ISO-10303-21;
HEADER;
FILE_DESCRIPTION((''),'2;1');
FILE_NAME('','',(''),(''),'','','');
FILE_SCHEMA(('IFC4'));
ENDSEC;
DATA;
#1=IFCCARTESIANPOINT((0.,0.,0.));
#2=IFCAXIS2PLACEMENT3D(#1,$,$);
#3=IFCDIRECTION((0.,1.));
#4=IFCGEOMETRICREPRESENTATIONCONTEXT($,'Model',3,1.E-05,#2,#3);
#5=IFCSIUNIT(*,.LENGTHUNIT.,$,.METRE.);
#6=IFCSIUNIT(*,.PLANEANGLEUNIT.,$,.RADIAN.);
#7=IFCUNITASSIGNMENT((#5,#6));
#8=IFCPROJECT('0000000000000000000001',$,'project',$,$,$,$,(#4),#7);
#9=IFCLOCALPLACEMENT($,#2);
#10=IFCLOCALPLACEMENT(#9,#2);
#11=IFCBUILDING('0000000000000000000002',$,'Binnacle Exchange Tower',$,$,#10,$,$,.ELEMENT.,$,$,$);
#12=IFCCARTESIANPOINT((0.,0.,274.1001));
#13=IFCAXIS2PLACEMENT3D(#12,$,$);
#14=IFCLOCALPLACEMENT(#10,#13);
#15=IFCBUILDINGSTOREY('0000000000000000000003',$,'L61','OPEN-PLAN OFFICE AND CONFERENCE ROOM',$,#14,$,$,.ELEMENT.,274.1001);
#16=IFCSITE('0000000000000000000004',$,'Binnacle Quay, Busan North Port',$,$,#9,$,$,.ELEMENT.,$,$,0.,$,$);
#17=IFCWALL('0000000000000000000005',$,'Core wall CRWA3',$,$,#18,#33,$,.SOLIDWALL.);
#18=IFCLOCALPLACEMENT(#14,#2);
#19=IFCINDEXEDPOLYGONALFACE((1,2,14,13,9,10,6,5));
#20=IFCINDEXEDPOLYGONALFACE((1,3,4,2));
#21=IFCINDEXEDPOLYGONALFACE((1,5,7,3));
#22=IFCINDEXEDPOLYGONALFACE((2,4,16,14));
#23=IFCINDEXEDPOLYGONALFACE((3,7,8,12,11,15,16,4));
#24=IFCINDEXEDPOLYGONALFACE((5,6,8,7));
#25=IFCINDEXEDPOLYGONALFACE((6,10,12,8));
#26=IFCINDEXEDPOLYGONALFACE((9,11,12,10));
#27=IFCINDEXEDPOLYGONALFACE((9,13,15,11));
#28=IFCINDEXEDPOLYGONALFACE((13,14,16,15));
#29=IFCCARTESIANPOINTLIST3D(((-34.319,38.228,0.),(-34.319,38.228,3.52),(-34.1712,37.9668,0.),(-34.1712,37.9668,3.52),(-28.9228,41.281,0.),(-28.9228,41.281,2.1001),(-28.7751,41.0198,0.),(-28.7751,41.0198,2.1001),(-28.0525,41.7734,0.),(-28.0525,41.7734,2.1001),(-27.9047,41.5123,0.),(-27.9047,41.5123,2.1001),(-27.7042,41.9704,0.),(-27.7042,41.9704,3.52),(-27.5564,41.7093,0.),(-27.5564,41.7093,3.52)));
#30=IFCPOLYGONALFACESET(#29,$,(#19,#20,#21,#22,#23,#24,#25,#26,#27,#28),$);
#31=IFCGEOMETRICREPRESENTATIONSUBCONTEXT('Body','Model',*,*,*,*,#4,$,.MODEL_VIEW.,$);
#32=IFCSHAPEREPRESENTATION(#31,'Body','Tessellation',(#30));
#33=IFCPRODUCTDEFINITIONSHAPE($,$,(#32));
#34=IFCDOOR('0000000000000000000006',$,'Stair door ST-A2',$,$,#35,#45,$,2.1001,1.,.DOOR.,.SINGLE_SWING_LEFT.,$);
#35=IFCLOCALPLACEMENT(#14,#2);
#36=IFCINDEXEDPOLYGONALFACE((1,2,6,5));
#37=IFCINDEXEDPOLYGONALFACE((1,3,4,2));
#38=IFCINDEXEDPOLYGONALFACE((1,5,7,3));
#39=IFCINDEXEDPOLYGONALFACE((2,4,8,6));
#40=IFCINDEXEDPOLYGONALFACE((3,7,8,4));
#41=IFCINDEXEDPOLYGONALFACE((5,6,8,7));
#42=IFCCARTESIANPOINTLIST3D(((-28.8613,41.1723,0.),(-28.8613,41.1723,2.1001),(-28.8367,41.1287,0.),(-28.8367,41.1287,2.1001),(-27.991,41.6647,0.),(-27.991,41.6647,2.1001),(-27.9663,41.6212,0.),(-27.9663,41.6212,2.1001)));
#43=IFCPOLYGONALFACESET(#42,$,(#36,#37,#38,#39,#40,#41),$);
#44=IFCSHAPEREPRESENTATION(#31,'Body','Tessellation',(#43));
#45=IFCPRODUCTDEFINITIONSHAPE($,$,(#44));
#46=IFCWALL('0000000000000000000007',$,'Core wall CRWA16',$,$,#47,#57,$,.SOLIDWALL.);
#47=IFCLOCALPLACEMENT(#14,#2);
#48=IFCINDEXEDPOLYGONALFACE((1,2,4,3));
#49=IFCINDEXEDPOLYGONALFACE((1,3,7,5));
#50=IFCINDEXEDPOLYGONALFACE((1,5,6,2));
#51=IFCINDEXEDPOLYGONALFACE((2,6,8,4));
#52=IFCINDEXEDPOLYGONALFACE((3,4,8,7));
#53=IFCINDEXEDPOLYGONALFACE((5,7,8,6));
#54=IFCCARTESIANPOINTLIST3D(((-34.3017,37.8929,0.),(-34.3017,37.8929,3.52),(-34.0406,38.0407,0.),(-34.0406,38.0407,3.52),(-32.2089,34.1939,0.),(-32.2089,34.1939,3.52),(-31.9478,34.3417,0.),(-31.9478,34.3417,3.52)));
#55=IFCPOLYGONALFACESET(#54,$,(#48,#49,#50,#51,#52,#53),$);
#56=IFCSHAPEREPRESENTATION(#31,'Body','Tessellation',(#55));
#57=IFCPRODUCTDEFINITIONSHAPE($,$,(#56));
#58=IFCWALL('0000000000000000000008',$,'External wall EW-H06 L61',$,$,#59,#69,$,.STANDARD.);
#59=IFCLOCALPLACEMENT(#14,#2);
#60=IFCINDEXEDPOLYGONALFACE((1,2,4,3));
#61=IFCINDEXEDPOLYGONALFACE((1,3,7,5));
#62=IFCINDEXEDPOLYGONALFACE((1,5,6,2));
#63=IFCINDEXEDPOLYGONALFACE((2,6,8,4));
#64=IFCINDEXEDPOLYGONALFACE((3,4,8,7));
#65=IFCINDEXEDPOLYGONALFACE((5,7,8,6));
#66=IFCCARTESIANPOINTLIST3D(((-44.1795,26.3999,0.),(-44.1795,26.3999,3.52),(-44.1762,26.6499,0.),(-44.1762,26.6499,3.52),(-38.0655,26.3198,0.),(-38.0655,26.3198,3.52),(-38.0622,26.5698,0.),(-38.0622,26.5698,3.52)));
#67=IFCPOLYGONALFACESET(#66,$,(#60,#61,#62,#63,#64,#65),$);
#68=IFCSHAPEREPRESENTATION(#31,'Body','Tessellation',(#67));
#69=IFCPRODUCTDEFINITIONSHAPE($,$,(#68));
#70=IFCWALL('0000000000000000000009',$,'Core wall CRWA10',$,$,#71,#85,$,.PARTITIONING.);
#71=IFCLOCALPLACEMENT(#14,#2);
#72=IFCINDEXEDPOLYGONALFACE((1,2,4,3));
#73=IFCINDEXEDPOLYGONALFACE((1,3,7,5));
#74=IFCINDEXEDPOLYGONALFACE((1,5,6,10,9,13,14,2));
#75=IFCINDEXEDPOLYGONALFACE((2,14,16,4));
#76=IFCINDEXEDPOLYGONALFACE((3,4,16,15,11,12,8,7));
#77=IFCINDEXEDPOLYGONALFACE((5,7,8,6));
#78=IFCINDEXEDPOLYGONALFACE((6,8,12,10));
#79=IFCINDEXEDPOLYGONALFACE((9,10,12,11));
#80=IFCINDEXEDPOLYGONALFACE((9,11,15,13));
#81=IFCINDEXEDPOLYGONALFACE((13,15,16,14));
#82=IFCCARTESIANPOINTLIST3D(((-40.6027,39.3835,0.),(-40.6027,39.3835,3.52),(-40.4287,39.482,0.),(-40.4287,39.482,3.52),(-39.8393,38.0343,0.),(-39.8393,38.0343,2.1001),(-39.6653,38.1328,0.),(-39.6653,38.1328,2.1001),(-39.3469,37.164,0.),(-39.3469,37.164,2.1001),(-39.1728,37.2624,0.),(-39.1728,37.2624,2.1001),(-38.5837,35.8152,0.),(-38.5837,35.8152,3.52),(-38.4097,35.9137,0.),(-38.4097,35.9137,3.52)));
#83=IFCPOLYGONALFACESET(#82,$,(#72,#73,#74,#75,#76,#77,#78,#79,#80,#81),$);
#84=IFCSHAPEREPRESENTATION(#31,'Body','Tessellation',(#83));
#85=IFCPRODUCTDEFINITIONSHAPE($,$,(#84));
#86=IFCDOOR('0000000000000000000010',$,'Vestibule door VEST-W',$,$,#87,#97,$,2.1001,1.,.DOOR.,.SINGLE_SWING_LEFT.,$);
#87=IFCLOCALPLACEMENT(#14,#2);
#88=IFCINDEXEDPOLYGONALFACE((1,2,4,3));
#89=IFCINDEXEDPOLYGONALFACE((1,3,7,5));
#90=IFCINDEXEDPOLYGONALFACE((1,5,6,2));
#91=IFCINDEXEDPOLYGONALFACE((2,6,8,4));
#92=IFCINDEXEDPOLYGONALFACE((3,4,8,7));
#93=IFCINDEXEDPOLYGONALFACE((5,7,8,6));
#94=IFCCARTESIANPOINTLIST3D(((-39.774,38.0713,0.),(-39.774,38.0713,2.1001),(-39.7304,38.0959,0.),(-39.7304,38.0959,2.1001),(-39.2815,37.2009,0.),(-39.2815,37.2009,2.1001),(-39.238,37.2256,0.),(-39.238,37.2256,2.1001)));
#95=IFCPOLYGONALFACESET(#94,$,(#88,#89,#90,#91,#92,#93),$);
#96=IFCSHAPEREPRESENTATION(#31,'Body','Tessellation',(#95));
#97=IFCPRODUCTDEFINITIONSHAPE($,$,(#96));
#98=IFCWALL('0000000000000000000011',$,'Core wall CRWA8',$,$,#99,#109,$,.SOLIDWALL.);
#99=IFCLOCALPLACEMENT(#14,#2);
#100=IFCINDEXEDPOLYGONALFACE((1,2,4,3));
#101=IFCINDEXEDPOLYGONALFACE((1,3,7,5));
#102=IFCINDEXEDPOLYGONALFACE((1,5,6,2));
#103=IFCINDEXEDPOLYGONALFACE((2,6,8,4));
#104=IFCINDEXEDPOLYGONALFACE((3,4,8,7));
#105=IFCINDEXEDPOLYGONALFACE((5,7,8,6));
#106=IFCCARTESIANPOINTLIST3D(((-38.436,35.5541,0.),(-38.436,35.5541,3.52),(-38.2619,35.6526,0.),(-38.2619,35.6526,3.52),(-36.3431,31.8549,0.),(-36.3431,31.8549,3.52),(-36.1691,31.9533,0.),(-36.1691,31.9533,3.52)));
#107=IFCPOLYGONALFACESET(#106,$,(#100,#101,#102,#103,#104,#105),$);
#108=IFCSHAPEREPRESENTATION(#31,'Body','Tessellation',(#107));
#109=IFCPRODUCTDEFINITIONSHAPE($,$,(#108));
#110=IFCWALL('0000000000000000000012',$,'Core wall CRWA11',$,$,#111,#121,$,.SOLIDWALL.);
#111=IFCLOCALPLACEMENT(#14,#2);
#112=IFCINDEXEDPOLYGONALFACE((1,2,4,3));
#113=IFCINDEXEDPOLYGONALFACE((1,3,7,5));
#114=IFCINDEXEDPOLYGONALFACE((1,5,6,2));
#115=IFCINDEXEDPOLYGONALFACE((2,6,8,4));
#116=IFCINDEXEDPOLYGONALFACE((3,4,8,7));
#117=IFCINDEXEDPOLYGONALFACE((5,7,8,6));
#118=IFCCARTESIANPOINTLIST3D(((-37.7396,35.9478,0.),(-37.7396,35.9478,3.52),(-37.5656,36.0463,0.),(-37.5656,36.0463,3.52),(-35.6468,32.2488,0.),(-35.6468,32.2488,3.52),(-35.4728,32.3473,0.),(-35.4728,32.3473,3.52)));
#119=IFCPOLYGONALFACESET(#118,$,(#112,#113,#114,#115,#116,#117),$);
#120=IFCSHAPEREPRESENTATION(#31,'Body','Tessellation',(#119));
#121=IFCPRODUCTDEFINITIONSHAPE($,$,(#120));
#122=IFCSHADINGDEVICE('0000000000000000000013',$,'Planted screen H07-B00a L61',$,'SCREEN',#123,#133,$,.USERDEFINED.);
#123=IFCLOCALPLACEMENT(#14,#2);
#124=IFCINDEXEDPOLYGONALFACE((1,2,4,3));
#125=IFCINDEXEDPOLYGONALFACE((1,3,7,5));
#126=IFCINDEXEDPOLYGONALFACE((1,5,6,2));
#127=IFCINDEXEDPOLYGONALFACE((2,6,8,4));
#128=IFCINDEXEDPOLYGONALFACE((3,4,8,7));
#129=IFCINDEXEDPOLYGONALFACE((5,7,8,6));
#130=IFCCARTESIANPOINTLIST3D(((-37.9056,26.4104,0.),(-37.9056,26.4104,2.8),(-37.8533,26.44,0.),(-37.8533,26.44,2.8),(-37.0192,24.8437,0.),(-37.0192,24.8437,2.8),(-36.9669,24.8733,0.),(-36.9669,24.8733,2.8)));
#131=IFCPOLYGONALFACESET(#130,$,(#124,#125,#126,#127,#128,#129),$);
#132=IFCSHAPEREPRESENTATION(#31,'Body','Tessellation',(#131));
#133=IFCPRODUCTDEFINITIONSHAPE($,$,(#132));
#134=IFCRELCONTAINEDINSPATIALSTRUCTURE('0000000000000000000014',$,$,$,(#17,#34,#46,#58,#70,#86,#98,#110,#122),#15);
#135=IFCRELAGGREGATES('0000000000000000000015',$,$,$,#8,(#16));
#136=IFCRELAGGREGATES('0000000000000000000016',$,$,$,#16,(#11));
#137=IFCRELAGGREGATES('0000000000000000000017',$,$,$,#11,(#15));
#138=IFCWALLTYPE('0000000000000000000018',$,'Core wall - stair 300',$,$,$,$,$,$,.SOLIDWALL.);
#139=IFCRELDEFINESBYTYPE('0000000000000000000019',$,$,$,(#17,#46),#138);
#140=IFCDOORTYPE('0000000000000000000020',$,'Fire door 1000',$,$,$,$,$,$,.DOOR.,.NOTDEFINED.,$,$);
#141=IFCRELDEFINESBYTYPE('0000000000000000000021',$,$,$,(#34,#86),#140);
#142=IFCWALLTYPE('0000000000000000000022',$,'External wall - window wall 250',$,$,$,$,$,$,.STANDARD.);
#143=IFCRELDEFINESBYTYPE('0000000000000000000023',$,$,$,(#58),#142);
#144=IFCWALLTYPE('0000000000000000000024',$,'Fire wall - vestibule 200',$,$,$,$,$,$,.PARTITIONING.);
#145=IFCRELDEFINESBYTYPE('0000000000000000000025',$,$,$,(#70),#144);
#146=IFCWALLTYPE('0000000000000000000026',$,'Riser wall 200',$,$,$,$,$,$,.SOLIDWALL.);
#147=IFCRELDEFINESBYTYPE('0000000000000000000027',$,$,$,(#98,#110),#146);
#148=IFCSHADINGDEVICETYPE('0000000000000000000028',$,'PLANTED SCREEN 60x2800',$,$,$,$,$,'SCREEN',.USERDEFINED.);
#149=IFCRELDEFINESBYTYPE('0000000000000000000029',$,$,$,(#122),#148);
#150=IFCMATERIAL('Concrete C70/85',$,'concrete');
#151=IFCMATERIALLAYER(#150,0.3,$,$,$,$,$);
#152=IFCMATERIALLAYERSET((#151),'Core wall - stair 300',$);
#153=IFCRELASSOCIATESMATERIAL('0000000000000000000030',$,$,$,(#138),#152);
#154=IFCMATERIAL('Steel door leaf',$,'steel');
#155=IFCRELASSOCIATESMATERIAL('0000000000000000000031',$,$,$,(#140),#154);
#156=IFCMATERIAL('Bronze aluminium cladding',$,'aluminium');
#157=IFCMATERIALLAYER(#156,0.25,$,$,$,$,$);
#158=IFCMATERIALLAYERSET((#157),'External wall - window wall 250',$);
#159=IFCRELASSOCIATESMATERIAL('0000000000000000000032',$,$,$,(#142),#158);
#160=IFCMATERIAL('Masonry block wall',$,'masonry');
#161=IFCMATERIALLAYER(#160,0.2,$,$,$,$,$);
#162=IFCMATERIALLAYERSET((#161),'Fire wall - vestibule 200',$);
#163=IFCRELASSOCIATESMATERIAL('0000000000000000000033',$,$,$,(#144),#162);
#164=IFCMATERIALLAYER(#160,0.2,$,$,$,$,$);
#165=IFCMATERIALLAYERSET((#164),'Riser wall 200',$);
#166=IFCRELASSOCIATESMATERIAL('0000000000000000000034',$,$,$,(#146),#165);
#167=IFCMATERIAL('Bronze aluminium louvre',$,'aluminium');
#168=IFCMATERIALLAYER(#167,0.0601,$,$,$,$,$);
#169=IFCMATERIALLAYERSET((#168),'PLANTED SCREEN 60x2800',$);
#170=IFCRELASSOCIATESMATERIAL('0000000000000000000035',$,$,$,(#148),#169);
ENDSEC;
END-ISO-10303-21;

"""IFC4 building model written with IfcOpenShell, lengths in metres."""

from ifc_helpers import new_model, si_unit, direction, frame, frame_2d, origin, origin_2d, place, context, subcontext, project, spatial, rectangle, extrude, material, layer, layer_set, type_object, element, fill, save


model = new_model("IFC4")

# Units and contexts
model_context = context("Model", 3, precision=1e-05, world=origin(), true_north=direction((0.0, 1.0)))
body_context = subcontext(model_context, "Body", "Model", "MODEL_VIEW")
ifc_project = project(units=[si_unit("LENGTHUNIT", "METRE"), si_unit("PLANEANGLEUNIT", "RADIAN")], contexts=[model_context])

# Site, building, storey
site_placement = place(None, origin())
site = spatial("IfcSite", under=ifc_project, at=site_placement, Name="Binnacle Quay, Busan North Port", CompositionType="ELEMENT", RefElevation=0.0)
building_placement = place(site_placement, origin())
building = spatial("IfcBuilding", under=site, at=building_placement, Name="Binnacle Exchange Tower", CompositionType="ELEMENT")
storey_placement = place(building_placement, frame((0.0, 0.0, 274.1001)))
storey = spatial("IfcBuildingStorey", under=building, at=storey_placement, Name="L61", Description="OPEN-PLAN OFFICE AND CONFERENCE ROOM", CompositionType="ELEMENT", Elevation=274.1001)

# Shared definitions
ifc_material_1 = material(Name="Concrete C70/85", Category="concrete")
ifc_material_2 = material(Name="Steel door leaf", Category="steel")

# Wall, opening, door
ifc_layer_1 = layer(ifc_material_1, 0.3)
ifc_layer_set_1 = layer_set([ifc_layer_1], Name="Core wall - stair 300")
wall_type_1 = type_object("IfcWallType", Name="Core wall - stair 300", PredefinedType="SOLIDWALL", material=ifc_layer_set_1)
wall_1_placement = place(storey_placement, frame((-34.2451, 38.0974, 0.0), z_axis=(0.0, 0.0, 1.0), x_axis=(0.870356, 0.492422, 0.0)))
wall_1 = element("IfcWall", 1, at=wall_1_placement, inside=storey, type_object=wall_type_1, Name="Core wall CRWA3", PredefinedType="SOLIDWALL", context=body_context, shape_type="SweptSolid", body=[
    extrude(rectangle(XDim=7.6001, YDim=0.3, at=frame_2d((3.8, 0.0))), origin(), (0.0, 0.0, 1.0), 3.52),
])
opening_1_placement = place(wall_1_placement, frame((6.2, 0.0, 0.0)))
opening_1 = element("IfcOpeningElement", 2, at=opening_1_placement, cuts=wall_1, PredefinedType="OPENING", context=body_context, shape_type="SweptSolid", body=[
    extrude(rectangle(XDim=1.0, YDim=2.1001, at=frame_2d((0.5, 1.05))), frame((0.0, 0.1599, 0.0), z_axis=(0.0, -1.0, 0.0), x_axis=(1.0, 0.0, 0.0)), (0.0, 0.0, 1.0), 0.3201),
])
door_type_1 = type_object("IfcDoorType", Name="Fire door 1000", OperationType="NOTDEFINED", PredefinedType="DOOR", material=ifc_material_2)
door_1_placement = place(opening_1_placement, frame((1.0, 0.0, 0.0), z_axis=(0.0, 0.0, 1.0), x_axis=(-1.0, 0.0, 0.0)))
door_1 = element("IfcDoor", 3, at=door_1_placement, inside=storey, type_object=door_type_1, Name="Stair door ST-A2", OperationType="SINGLE_SWING_LEFT", OverallHeight=2.1001, OverallWidth=1.0, PredefinedType="DOOR", context=body_context, shape_type="SweptSolid", body=[
    extrude(rectangle(XDim=1.0, YDim=2.1001, at=frame_2d((0.5, 1.05))), frame((0.0, 0.0249, 0.0), z_axis=(0.0, -1.0, 0.0), x_axis=(1.0, 0.0, 0.0)), (0.0, 0.0, 1.0), 0.05),
])
fill(opening_1, door_1)

# Walls
wall_2_placement = place(storey_placement, frame((-34.1711, 37.9668, 0.0), z_axis=(0.0, 0.0, 1.0), x_axis=(0.492423, -0.870356, 0.0)))
element("IfcWall", 4, at=wall_2_placement, inside=storey, type_object=wall_type_1, Name="Core wall CRWA16", PredefinedType="SOLIDWALL", context=body_context, shape_type="SweptSolid", body=[
    extrude(rectangle(XDim=4.25, YDim=0.3, at=frame_2d((2.125, 0.0))), origin(), (0.0, 0.0, 1.0), 3.52),
])
ifc_material_3 = material(Name="Bronze aluminium cladding", Category="aluminium")
ifc_layer_2 = layer(ifc_material_3, 0.25)
ifc_layer_set_2 = layer_set([ifc_layer_2], Name="External wall - window wall 250")
wall_type_2 = type_object("IfcWallType", Name="External wall - window wall 250", PredefinedType="STANDARD", material=ifc_layer_set_2)
wall_3_placement = place(storey_placement, frame((-38.064, 26.4448, 0.0), z_axis=(0.0, 0.0, 1.0), x_axis=(-0.999914, 0.013096, 0.0)))
element("IfcWall", 5, at=wall_3_placement, inside=storey, type_object=wall_type_2, Name="External wall EW-H06 L61", PredefinedType="STANDARD", context=body_context, shape_type="SweptSolid", body=[
    extrude(rectangle(XDim=6.1145, YDim=0.25, at=frame_2d((3.0571, 0.0))), origin(), (0.0, 0.0, 1.0), 3.52),
])

# Wall, opening, door
ifc_material_4 = material(Name="Masonry block wall", Category="masonry")
ifc_layer_3 = layer(ifc_material_4, 0.2)
ifc_layer_set_3 = layer_set([ifc_layer_3], Name="Fire wall - vestibule 200")
wall_type_3 = type_object("IfcWallType", Name="Fire wall - vestibule 200", PredefinedType="PARTITIONING", material=ifc_layer_set_3)
wall_4_placement = place(storey_placement, frame((-40.5156, 39.4326, 0.0), z_axis=(0.0, 0.0, 1.0), x_axis=(0.492454, -0.870339, 0.0)))
wall_4 = element("IfcWall", 6, at=wall_4_placement, inside=storey, type_object=wall_type_3, Name="Core wall CRWA10", PredefinedType="PARTITIONING", context=body_context, shape_type="SweptSolid", body=[
    extrude(rectangle(XDim=4.0999, YDim=0.2, at=frame_2d((2.0498, 0.0))), origin(), (0.0, 0.0, 1.0), 3.52),
])
opening_2_placement = place(wall_4_placement, frame((1.55, 0.0, 0.0)))
opening_2 = element("IfcOpeningElement", 7, at=opening_2_placement, cuts=wall_4, PredefinedType="OPENING", context=body_context, shape_type="SweptSolid", body=[
    extrude(rectangle(XDim=1.0, YDim=2.1001, at=frame_2d((0.5, 1.05))), frame((0.0, 0.1099, 0.0), z_axis=(0.0, -1.0, 0.0), x_axis=(1.0, 0.0, 0.0)), (0.0, 0.0, 1.0), 0.22),
])
door_2_placement = place(opening_2_placement, frame((1.0, 0.0, 0.0), z_axis=(0.0, 0.0, 1.0), x_axis=(-1.0, 0.0, 0.0)))
door_2 = element("IfcDoor", 8, at=door_2_placement, inside=storey, type_object=door_type_1, Name="Vestibule door VEST-W", OperationType="SINGLE_SWING_LEFT", OverallHeight=2.1001, OverallWidth=1.0, PredefinedType="DOOR", context=body_context, shape_type="SweptSolid", body=[
    extrude(rectangle(XDim=1.0, YDim=2.1001, at=frame_2d((0.5, 1.05))), frame((0.0, 0.0249, 0.0), z_axis=(0.0, -1.0, 0.0), x_axis=(1.0, 0.0, 0.0)), (0.0, 0.0, 1.0), 0.05),
])
fill(opening_2, door_2)

# Walls
ifc_layer_4 = layer(ifc_material_4, 0.2)
ifc_layer_set_4 = layer_set([ifc_layer_4], Name="Riser wall 200")
wall_type_4 = type_object("IfcWallType", Name="Riser wall 200", PredefinedType="SOLIDWALL", material=ifc_layer_set_4)
wall_5_placement = place(storey_placement, frame((-38.3489, 35.6033, 0.0), z_axis=(0.0, 0.0, 1.0), x_axis=(0.492398, -0.87037, 0.0)))
element("IfcWall", 9, at=wall_5_placement, inside=storey, type_object=wall_type_4, Name="Core wall CRWA8", PredefinedType="SOLIDWALL", context=body_context, shape_type="SweptSolid", body=[
    extrude(rectangle(XDim=4.2502, YDim=0.2, at=frame_2d((2.125, 0.0))), origin(), (0.0, 0.0, 1.0), 3.52),
])
wall_6_placement = place(storey_placement, frame((-37.6526, 35.9971, 0.0), z_axis=(0.0, 0.0, 1.0), x_axis=(0.492423, -0.870356, 0.0)))
element("IfcWall", 10, at=wall_6_placement, inside=storey, type_object=wall_type_4, Name="Core wall CRWA11", PredefinedType="SOLIDWALL", context=body_context, shape_type="SweptSolid", body=[
    extrude(rectangle(XDim=4.25, YDim=0.2, at=frame_2d((2.125, 0.0))), origin(), (0.0, 0.0, 1.0), 3.52),
])

# Shading device
ifc_material_5 = material(Name="Bronze aluminium louvre", Category="aluminium")
ifc_layer_5 = layer(ifc_material_5, 0.0601)
ifc_layer_set_5 = layer_set([ifc_layer_5], Name="PLANTED SCREEN 60x2800")
shading_device_type = type_object("IfcShadingDeviceType", Name="PLANTED SCREEN 60x2800", ElementType="SCREEN", PredefinedType="USERDEFINED", material=ifc_layer_set_5)
shading_device_placement = place(storey_placement, frame((-37.4363, 25.6418, 0.0), z_axis=(0.0, 0.0, 1.0), x_axis=(0.870356, 0.492424, 0.0)))
element("IfcShadingDevice", 11, at=shading_device_placement, inside=storey, type_object=shading_device_type, Name="Planted screen H07-B00a L61", ObjectType="SCREEN", PredefinedType="USERDEFINED", context=body_context, shape_type="SweptSolid", body=[
    extrude(rectangle(XDim=0.0601, YDim=1.8, at=origin_2d()), origin(), (0.0, 0.0, 1.0), 2.8),
])

save(model, "model.ifc")
